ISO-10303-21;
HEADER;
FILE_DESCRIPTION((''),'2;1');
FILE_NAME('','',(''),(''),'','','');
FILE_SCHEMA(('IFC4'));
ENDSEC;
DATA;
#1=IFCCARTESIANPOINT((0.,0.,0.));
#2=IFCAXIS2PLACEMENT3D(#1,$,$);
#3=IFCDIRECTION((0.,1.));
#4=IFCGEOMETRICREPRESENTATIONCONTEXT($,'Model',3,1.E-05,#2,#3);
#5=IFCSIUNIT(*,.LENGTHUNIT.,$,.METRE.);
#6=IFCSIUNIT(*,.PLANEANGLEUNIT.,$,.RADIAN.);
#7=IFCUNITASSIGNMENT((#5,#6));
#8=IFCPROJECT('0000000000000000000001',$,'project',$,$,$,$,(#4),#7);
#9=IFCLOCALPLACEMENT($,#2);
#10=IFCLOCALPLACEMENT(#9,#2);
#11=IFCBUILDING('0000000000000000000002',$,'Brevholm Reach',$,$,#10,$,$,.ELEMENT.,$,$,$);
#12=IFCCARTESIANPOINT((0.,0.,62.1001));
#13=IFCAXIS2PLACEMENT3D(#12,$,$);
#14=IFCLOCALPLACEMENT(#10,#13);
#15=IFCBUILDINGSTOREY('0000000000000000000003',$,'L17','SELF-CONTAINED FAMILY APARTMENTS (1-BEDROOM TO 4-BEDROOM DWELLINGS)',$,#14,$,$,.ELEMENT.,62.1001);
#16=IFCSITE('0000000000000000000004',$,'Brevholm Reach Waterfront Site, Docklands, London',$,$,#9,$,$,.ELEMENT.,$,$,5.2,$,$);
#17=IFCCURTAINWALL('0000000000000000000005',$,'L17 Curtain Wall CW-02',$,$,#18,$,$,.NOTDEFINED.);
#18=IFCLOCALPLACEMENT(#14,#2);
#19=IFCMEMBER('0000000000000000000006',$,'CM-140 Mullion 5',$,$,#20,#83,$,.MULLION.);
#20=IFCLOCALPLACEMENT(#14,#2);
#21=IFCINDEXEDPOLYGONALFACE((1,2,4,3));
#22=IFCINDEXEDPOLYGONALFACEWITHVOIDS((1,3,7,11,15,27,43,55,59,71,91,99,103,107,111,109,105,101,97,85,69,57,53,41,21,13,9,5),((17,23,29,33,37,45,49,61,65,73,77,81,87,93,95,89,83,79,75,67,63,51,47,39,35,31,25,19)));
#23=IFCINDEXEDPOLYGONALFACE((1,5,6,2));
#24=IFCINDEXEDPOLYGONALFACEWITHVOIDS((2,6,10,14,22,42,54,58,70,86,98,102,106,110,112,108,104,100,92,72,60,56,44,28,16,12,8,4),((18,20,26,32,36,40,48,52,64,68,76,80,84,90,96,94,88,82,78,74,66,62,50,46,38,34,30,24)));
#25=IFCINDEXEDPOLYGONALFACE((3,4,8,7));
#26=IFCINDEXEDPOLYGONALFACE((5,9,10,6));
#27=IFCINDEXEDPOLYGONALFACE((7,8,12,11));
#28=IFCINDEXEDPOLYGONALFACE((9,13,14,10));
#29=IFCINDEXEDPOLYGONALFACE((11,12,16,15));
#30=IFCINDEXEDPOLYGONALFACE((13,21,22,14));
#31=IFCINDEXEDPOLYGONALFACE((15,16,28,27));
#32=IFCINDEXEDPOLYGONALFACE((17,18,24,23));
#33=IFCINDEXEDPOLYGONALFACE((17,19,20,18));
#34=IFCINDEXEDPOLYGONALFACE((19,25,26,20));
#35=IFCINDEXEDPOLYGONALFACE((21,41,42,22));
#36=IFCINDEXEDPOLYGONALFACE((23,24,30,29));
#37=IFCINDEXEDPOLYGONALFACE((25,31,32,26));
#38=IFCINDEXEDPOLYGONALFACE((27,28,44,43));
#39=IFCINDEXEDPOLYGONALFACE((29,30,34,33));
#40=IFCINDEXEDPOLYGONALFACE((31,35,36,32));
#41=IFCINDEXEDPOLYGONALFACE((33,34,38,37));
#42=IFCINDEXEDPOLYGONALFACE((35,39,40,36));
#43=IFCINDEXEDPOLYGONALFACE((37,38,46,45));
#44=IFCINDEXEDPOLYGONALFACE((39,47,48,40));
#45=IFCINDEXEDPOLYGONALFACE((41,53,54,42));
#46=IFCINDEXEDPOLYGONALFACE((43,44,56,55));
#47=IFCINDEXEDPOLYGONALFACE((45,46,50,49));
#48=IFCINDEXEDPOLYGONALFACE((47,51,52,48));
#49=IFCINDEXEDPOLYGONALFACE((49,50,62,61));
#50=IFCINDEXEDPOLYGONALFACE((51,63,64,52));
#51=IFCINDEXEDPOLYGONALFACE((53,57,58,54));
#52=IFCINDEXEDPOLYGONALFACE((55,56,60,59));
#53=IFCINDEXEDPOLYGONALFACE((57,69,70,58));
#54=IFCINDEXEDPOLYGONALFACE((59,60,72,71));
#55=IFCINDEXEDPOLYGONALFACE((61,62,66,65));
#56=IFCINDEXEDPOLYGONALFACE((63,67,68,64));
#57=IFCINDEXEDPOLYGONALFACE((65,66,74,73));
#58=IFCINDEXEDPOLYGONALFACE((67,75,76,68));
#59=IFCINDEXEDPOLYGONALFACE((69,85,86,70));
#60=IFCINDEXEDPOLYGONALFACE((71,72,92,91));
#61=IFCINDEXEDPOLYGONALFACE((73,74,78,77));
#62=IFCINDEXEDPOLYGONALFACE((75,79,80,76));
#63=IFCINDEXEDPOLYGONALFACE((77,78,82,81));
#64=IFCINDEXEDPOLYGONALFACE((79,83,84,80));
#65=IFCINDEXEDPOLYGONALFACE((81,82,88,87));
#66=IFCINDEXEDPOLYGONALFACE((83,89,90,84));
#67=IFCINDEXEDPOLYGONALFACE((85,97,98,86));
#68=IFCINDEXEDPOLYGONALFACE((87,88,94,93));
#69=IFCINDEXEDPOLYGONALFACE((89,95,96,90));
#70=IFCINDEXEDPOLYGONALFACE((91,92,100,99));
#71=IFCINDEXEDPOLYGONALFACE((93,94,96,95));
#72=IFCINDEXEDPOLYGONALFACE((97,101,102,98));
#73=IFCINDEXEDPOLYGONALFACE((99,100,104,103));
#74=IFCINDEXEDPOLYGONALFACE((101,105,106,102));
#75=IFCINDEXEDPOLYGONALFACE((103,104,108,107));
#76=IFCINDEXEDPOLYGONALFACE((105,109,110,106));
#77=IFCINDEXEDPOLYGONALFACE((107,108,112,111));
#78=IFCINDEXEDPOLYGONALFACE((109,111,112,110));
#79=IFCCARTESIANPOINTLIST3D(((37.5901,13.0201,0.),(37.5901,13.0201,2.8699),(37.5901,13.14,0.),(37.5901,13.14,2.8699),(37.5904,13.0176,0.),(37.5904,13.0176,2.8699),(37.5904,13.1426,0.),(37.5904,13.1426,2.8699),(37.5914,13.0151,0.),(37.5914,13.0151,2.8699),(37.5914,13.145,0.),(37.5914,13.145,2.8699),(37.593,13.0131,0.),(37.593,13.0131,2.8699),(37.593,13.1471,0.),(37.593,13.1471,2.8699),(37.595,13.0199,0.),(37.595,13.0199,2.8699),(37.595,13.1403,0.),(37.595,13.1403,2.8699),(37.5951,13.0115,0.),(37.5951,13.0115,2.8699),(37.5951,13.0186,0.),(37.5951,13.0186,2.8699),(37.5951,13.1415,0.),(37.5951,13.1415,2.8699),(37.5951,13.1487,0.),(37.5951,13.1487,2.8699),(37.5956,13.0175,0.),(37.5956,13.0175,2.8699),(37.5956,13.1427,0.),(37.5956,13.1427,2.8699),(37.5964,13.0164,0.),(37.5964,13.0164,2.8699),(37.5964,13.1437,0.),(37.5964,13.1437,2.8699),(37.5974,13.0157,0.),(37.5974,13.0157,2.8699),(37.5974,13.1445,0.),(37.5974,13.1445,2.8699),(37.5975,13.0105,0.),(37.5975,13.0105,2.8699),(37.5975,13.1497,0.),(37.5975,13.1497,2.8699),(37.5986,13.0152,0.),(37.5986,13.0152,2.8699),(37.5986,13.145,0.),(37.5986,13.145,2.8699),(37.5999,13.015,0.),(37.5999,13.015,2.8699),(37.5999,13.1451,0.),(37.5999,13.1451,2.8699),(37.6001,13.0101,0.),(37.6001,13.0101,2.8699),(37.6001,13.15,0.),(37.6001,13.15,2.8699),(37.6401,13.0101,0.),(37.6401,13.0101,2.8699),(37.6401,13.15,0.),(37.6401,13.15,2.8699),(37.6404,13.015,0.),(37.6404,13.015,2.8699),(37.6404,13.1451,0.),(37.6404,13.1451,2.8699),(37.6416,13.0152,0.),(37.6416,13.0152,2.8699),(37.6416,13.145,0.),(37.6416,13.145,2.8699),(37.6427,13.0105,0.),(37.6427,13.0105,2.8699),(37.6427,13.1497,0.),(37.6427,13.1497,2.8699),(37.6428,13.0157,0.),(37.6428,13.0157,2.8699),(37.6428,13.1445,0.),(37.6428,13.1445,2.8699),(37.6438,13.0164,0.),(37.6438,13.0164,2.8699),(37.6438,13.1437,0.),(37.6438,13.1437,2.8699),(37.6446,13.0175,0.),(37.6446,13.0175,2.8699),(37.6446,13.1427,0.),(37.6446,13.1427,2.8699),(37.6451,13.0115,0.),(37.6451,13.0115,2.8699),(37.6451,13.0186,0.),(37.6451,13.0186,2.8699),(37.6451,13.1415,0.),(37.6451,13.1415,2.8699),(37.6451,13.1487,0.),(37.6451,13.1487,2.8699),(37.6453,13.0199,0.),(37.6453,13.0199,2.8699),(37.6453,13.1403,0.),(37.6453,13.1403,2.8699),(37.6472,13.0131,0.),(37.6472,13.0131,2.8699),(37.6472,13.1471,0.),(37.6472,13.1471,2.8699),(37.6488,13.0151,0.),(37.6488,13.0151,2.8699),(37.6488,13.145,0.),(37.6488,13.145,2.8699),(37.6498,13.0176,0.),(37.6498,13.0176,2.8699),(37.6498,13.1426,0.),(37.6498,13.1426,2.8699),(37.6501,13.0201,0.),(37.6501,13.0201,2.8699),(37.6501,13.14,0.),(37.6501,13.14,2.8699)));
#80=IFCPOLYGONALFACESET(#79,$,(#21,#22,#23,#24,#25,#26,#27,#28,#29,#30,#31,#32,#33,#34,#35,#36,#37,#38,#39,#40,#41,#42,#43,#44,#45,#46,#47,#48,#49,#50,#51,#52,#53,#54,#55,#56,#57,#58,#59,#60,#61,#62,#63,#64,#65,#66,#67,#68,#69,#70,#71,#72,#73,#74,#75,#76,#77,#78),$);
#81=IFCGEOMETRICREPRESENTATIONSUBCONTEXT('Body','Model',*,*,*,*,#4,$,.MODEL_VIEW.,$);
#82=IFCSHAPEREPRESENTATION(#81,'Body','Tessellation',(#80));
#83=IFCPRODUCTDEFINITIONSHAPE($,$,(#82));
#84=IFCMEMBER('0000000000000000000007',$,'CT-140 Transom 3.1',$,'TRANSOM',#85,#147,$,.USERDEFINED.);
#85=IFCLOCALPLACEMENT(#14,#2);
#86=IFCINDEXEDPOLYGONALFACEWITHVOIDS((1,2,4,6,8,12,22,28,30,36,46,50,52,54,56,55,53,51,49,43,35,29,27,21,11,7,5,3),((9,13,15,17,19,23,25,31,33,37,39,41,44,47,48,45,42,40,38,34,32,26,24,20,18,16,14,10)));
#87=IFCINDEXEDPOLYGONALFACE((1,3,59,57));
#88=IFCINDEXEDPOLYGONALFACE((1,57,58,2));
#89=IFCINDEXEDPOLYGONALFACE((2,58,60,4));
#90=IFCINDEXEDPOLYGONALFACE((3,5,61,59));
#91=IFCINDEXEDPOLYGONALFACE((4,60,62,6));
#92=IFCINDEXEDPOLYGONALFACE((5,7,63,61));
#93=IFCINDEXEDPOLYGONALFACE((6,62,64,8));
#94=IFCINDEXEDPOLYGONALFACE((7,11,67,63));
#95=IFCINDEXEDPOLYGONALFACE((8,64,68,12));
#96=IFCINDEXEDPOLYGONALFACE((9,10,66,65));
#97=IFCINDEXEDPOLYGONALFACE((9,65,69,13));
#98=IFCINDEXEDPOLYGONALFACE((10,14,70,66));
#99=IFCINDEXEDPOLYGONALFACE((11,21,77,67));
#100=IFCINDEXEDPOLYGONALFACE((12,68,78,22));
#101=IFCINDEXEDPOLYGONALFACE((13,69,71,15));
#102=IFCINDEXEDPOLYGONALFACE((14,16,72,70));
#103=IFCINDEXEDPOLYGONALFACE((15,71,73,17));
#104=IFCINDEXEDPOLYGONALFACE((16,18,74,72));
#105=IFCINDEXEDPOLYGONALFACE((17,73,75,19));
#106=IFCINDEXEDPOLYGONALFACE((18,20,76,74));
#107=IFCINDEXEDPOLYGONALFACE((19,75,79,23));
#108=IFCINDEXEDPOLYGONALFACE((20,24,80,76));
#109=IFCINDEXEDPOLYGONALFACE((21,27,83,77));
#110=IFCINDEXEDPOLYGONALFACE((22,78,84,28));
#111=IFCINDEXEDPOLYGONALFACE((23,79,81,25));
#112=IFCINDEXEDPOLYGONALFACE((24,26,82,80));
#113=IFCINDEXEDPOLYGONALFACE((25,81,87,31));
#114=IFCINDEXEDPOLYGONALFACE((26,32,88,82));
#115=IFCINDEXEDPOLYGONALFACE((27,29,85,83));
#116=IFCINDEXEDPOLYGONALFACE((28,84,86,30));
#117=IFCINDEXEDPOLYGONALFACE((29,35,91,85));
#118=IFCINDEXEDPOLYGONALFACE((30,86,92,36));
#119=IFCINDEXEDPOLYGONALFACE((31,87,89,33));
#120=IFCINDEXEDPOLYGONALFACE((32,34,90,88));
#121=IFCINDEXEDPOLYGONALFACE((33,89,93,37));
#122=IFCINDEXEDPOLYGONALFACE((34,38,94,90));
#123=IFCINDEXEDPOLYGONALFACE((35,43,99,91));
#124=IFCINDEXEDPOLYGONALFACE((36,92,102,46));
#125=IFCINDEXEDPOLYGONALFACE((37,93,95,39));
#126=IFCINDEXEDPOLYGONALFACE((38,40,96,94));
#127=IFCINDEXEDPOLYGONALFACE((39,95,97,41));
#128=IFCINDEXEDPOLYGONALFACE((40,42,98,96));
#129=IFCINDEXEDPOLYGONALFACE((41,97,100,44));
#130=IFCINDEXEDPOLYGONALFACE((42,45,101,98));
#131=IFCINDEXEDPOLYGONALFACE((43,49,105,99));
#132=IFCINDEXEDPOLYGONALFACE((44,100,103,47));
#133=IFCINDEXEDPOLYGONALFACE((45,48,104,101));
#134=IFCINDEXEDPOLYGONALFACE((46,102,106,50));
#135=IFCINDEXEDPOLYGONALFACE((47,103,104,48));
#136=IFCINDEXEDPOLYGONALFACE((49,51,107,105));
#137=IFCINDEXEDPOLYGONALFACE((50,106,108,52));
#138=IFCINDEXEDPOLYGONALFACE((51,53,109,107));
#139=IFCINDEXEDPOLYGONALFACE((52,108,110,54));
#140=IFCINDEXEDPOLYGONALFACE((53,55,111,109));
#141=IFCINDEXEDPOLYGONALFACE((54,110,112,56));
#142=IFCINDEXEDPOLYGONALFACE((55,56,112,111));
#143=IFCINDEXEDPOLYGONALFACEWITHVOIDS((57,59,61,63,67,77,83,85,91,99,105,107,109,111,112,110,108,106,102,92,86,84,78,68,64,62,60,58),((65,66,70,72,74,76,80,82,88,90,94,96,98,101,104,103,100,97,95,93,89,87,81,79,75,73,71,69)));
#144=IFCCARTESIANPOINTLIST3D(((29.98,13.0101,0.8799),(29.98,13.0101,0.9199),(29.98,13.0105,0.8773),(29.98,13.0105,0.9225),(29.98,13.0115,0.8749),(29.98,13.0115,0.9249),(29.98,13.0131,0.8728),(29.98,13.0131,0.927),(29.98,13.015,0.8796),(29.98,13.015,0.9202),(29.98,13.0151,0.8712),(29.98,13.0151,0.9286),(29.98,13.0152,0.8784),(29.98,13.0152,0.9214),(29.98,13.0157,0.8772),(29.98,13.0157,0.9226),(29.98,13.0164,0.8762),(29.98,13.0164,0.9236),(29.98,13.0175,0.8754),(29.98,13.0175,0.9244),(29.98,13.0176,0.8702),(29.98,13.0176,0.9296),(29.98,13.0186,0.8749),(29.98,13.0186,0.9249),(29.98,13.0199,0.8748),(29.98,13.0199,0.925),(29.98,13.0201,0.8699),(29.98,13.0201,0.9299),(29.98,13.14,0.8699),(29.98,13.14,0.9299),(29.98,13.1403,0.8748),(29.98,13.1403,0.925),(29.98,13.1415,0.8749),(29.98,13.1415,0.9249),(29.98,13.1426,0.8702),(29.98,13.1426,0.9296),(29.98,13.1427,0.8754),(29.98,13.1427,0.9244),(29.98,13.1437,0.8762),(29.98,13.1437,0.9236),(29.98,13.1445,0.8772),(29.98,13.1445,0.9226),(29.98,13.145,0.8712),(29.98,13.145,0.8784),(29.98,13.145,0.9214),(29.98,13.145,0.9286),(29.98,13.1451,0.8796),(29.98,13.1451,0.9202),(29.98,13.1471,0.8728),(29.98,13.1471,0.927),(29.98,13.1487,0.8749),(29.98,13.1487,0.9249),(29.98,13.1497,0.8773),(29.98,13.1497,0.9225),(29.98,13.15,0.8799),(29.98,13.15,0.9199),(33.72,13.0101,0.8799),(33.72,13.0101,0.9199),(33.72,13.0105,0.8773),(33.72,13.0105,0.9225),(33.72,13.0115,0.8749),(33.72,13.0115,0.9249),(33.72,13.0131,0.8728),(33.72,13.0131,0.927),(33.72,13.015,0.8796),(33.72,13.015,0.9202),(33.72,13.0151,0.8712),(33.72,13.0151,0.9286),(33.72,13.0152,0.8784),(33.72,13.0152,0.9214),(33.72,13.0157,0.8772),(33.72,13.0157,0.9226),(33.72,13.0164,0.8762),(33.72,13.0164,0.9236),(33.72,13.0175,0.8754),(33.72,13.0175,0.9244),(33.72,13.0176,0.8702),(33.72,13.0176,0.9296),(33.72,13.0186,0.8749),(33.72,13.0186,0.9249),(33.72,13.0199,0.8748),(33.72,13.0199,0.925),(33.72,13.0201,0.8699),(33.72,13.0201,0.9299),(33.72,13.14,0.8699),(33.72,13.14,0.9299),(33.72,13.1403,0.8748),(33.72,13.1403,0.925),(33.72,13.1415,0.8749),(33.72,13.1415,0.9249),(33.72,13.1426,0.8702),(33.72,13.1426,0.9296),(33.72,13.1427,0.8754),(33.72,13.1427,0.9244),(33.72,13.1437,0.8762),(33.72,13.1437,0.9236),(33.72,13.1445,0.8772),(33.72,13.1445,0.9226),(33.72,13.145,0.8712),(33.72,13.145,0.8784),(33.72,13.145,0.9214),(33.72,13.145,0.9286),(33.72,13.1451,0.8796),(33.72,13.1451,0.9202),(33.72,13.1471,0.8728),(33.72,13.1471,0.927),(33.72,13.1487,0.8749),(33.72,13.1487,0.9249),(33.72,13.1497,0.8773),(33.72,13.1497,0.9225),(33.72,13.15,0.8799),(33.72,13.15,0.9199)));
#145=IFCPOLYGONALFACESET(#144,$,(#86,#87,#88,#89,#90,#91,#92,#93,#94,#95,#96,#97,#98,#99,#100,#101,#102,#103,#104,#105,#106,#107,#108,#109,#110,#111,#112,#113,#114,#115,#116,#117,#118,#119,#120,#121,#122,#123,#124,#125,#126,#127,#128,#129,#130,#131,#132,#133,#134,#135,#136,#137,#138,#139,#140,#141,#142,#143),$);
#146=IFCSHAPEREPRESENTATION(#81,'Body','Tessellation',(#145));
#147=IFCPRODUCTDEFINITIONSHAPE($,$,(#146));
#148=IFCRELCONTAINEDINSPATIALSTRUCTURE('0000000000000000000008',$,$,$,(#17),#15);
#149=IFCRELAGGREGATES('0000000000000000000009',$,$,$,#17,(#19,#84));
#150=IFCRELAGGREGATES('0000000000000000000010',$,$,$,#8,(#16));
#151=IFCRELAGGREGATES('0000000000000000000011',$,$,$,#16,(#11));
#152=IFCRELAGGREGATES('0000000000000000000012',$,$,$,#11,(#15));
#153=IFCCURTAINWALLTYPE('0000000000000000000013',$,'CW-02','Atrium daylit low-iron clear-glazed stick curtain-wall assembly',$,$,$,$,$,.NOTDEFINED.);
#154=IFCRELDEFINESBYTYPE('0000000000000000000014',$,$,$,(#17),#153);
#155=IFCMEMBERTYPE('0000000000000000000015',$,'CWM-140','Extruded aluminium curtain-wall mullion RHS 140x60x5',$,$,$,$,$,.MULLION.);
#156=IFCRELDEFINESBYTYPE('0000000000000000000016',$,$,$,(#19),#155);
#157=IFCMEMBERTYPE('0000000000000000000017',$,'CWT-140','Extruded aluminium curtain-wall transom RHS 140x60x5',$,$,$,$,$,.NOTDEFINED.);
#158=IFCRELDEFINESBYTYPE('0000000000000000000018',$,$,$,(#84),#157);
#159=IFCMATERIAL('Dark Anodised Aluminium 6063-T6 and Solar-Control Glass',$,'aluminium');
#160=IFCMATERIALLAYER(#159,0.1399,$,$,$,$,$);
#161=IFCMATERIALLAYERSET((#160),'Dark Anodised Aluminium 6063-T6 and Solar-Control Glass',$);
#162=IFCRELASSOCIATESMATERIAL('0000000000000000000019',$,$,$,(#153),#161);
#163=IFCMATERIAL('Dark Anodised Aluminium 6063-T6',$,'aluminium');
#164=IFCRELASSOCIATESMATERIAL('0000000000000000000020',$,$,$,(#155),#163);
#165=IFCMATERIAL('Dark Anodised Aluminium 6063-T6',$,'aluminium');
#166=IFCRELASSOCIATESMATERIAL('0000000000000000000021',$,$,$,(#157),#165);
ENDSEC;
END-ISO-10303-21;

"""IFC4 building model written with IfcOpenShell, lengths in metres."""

from ifc_helpers import new_model, si_unit, direction, frame, origin, origin_2d, place, context, subcontext, project, spatial, hollow_rectangle, extrude, material, layer, layer_set, material_profile, profile_set, type_object, element, aggregate, save


model = new_model("IFC4")

# Units and contexts
model_context = context("Model", 3, precision=1e-05, world=origin(), true_north=direction((0.0, 1.0)))
body_context = subcontext(model_context, "Body", "Model", "MODEL_VIEW")
ifc_project = project(units=[si_unit("LENGTHUNIT", "METRE"), si_unit("PLANEANGLEUNIT", "RADIAN")], contexts=[model_context])

# Site, building, storey
site_placement = place(None, origin())
site = spatial("IfcSite", under=ifc_project, at=site_placement, Name="Brevholm Reach Waterfront Site, Docklands, London", CompositionType="ELEMENT", RefElevation=5.2)
building_placement = place(site_placement, origin())
building = spatial("IfcBuilding", under=site, at=building_placement, Name="Brevholm Reach", CompositionType="ELEMENT")
storey_placement = place(building_placement, frame((0.0, 0.0, 62.1001)))
storey = spatial("IfcBuildingStorey", under=building, at=storey_placement, Name="L17", Description="SELF-CONTAINED FAMILY APARTMENTS (1-BEDROOM TO 4-BEDROOM DWELLINGS)", CompositionType="ELEMENT", Elevation=62.1001)

# Curtain wall, members
ifc_material_1 = material(Name="Dark Anodised Aluminium 6063-T6 and Solar-Control Glass", Category="aluminium")
ifc_layer_1 = layer(ifc_material_1, 0.1399)
ifc_layer_set_1 = layer_set([ifc_layer_1], Name="Dark Anodised Aluminium 6063-T6 and Solar-Control Glass")
curtain_wall_type = type_object("IfcCurtainWallType", Name="CW-02", Description="Atrium daylit low-iron clear-glazed stick curtain-wall assembly", PredefinedType="NOTDEFINED", material=ifc_layer_set_1)
curtain_wall_placement = place(storey_placement, origin())
curtain_wall = element("IfcCurtainWall", 1, at=curtain_wall_placement, inside=storey, type_object=curtain_wall_type, Name="L17 Curtain Wall CW-02", PredefinedType="NOTDEFINED")
ifc_material_2 = material(Name="Dark Anodised Aluminium 6063-T6", Category="aluminium")
ifc_material_profile_1 = material_profile(ifc_material_2, hollow_rectangle(XDim=0.0601, YDim=0.1399, WallThickness=0.0049, InnerFilletRadius=0.0049, OuterFilletRadius=0.01, at=origin_2d()), Name="RHS 140x60x5")
ifc_profile_set_1 = profile_set([ifc_material_profile_1], Name="Dark Anodised Aluminium 6063-T6")
member_type_1 = type_object("IfcMemberType", Name="CWM-140", Description="Extruded aluminium curtain-wall mullion RHS 140x60x5", PredefinedType="MULLION", material=ifc_profile_set_1)
member_1_placement = place(storey_placement, frame((37.6201, 13.0801, 0.0), z_axis=(0.0, 0.0, 1.0), x_axis=(1.0, 0.0, 0.0)))
member_1 = element("IfcMember", 2, at=member_1_placement, type_object=member_type_1, Name="CM-140 Mullion 5", PredefinedType="MULLION", context=body_context, shape_type="SweptSolid", body=[
    extrude(hollow_rectangle(XDim=0.0601, YDim=0.1399, WallThickness=0.0049, InnerFilletRadius=0.0049, OuterFilletRadius=0.01, at=origin_2d()), origin(), (0.0, 0.0, 1.0), 2.8699),
])
ifc_material_3 = material(Name="Dark Anodised Aluminium 6063-T6", Category="aluminium")
ifc_material_profile_2 = material_profile(ifc_material_3, hollow_rectangle(XDim=0.0601, YDim=0.1399, WallThickness=0.0049, InnerFilletRadius=0.0049, OuterFilletRadius=0.01, at=origin_2d()), Name="RHS 140x60x5")
ifc_profile_set_2 = profile_set([ifc_material_profile_2], Name="Dark Anodised Aluminium 6063-T6")
member_type_2 = type_object("IfcMemberType", Name="CWT-140", Description="Extruded aluminium curtain-wall transom RHS 140x60x5", PredefinedType="NOTDEFINED", material=ifc_profile_set_2)
member_2_placement = place(storey_placement, frame((29.98, 13.0801, 0.8999), z_axis=(1.0, 0.0, 0.0), x_axis=(0.0, 0.0, 1.0)))
member_2 = element("IfcMember", 3, at=member_2_placement, type_object=member_type_2, Name="CT-140 Transom 3.1", ObjectType="TRANSOM", PredefinedType="USERDEFINED", context=body_context, shape_type="SweptSolid", body=[
    extrude(hollow_rectangle(XDim=0.0601, YDim=0.1399, WallThickness=0.0049, InnerFilletRadius=0.0049, OuterFilletRadius=0.01, at=origin_2d()), origin(), (0.0, 0.0, 1.0), 3.74),
])
aggregate(curtain_wall, [member_1, member_2])

save(model, "model.ifc")
